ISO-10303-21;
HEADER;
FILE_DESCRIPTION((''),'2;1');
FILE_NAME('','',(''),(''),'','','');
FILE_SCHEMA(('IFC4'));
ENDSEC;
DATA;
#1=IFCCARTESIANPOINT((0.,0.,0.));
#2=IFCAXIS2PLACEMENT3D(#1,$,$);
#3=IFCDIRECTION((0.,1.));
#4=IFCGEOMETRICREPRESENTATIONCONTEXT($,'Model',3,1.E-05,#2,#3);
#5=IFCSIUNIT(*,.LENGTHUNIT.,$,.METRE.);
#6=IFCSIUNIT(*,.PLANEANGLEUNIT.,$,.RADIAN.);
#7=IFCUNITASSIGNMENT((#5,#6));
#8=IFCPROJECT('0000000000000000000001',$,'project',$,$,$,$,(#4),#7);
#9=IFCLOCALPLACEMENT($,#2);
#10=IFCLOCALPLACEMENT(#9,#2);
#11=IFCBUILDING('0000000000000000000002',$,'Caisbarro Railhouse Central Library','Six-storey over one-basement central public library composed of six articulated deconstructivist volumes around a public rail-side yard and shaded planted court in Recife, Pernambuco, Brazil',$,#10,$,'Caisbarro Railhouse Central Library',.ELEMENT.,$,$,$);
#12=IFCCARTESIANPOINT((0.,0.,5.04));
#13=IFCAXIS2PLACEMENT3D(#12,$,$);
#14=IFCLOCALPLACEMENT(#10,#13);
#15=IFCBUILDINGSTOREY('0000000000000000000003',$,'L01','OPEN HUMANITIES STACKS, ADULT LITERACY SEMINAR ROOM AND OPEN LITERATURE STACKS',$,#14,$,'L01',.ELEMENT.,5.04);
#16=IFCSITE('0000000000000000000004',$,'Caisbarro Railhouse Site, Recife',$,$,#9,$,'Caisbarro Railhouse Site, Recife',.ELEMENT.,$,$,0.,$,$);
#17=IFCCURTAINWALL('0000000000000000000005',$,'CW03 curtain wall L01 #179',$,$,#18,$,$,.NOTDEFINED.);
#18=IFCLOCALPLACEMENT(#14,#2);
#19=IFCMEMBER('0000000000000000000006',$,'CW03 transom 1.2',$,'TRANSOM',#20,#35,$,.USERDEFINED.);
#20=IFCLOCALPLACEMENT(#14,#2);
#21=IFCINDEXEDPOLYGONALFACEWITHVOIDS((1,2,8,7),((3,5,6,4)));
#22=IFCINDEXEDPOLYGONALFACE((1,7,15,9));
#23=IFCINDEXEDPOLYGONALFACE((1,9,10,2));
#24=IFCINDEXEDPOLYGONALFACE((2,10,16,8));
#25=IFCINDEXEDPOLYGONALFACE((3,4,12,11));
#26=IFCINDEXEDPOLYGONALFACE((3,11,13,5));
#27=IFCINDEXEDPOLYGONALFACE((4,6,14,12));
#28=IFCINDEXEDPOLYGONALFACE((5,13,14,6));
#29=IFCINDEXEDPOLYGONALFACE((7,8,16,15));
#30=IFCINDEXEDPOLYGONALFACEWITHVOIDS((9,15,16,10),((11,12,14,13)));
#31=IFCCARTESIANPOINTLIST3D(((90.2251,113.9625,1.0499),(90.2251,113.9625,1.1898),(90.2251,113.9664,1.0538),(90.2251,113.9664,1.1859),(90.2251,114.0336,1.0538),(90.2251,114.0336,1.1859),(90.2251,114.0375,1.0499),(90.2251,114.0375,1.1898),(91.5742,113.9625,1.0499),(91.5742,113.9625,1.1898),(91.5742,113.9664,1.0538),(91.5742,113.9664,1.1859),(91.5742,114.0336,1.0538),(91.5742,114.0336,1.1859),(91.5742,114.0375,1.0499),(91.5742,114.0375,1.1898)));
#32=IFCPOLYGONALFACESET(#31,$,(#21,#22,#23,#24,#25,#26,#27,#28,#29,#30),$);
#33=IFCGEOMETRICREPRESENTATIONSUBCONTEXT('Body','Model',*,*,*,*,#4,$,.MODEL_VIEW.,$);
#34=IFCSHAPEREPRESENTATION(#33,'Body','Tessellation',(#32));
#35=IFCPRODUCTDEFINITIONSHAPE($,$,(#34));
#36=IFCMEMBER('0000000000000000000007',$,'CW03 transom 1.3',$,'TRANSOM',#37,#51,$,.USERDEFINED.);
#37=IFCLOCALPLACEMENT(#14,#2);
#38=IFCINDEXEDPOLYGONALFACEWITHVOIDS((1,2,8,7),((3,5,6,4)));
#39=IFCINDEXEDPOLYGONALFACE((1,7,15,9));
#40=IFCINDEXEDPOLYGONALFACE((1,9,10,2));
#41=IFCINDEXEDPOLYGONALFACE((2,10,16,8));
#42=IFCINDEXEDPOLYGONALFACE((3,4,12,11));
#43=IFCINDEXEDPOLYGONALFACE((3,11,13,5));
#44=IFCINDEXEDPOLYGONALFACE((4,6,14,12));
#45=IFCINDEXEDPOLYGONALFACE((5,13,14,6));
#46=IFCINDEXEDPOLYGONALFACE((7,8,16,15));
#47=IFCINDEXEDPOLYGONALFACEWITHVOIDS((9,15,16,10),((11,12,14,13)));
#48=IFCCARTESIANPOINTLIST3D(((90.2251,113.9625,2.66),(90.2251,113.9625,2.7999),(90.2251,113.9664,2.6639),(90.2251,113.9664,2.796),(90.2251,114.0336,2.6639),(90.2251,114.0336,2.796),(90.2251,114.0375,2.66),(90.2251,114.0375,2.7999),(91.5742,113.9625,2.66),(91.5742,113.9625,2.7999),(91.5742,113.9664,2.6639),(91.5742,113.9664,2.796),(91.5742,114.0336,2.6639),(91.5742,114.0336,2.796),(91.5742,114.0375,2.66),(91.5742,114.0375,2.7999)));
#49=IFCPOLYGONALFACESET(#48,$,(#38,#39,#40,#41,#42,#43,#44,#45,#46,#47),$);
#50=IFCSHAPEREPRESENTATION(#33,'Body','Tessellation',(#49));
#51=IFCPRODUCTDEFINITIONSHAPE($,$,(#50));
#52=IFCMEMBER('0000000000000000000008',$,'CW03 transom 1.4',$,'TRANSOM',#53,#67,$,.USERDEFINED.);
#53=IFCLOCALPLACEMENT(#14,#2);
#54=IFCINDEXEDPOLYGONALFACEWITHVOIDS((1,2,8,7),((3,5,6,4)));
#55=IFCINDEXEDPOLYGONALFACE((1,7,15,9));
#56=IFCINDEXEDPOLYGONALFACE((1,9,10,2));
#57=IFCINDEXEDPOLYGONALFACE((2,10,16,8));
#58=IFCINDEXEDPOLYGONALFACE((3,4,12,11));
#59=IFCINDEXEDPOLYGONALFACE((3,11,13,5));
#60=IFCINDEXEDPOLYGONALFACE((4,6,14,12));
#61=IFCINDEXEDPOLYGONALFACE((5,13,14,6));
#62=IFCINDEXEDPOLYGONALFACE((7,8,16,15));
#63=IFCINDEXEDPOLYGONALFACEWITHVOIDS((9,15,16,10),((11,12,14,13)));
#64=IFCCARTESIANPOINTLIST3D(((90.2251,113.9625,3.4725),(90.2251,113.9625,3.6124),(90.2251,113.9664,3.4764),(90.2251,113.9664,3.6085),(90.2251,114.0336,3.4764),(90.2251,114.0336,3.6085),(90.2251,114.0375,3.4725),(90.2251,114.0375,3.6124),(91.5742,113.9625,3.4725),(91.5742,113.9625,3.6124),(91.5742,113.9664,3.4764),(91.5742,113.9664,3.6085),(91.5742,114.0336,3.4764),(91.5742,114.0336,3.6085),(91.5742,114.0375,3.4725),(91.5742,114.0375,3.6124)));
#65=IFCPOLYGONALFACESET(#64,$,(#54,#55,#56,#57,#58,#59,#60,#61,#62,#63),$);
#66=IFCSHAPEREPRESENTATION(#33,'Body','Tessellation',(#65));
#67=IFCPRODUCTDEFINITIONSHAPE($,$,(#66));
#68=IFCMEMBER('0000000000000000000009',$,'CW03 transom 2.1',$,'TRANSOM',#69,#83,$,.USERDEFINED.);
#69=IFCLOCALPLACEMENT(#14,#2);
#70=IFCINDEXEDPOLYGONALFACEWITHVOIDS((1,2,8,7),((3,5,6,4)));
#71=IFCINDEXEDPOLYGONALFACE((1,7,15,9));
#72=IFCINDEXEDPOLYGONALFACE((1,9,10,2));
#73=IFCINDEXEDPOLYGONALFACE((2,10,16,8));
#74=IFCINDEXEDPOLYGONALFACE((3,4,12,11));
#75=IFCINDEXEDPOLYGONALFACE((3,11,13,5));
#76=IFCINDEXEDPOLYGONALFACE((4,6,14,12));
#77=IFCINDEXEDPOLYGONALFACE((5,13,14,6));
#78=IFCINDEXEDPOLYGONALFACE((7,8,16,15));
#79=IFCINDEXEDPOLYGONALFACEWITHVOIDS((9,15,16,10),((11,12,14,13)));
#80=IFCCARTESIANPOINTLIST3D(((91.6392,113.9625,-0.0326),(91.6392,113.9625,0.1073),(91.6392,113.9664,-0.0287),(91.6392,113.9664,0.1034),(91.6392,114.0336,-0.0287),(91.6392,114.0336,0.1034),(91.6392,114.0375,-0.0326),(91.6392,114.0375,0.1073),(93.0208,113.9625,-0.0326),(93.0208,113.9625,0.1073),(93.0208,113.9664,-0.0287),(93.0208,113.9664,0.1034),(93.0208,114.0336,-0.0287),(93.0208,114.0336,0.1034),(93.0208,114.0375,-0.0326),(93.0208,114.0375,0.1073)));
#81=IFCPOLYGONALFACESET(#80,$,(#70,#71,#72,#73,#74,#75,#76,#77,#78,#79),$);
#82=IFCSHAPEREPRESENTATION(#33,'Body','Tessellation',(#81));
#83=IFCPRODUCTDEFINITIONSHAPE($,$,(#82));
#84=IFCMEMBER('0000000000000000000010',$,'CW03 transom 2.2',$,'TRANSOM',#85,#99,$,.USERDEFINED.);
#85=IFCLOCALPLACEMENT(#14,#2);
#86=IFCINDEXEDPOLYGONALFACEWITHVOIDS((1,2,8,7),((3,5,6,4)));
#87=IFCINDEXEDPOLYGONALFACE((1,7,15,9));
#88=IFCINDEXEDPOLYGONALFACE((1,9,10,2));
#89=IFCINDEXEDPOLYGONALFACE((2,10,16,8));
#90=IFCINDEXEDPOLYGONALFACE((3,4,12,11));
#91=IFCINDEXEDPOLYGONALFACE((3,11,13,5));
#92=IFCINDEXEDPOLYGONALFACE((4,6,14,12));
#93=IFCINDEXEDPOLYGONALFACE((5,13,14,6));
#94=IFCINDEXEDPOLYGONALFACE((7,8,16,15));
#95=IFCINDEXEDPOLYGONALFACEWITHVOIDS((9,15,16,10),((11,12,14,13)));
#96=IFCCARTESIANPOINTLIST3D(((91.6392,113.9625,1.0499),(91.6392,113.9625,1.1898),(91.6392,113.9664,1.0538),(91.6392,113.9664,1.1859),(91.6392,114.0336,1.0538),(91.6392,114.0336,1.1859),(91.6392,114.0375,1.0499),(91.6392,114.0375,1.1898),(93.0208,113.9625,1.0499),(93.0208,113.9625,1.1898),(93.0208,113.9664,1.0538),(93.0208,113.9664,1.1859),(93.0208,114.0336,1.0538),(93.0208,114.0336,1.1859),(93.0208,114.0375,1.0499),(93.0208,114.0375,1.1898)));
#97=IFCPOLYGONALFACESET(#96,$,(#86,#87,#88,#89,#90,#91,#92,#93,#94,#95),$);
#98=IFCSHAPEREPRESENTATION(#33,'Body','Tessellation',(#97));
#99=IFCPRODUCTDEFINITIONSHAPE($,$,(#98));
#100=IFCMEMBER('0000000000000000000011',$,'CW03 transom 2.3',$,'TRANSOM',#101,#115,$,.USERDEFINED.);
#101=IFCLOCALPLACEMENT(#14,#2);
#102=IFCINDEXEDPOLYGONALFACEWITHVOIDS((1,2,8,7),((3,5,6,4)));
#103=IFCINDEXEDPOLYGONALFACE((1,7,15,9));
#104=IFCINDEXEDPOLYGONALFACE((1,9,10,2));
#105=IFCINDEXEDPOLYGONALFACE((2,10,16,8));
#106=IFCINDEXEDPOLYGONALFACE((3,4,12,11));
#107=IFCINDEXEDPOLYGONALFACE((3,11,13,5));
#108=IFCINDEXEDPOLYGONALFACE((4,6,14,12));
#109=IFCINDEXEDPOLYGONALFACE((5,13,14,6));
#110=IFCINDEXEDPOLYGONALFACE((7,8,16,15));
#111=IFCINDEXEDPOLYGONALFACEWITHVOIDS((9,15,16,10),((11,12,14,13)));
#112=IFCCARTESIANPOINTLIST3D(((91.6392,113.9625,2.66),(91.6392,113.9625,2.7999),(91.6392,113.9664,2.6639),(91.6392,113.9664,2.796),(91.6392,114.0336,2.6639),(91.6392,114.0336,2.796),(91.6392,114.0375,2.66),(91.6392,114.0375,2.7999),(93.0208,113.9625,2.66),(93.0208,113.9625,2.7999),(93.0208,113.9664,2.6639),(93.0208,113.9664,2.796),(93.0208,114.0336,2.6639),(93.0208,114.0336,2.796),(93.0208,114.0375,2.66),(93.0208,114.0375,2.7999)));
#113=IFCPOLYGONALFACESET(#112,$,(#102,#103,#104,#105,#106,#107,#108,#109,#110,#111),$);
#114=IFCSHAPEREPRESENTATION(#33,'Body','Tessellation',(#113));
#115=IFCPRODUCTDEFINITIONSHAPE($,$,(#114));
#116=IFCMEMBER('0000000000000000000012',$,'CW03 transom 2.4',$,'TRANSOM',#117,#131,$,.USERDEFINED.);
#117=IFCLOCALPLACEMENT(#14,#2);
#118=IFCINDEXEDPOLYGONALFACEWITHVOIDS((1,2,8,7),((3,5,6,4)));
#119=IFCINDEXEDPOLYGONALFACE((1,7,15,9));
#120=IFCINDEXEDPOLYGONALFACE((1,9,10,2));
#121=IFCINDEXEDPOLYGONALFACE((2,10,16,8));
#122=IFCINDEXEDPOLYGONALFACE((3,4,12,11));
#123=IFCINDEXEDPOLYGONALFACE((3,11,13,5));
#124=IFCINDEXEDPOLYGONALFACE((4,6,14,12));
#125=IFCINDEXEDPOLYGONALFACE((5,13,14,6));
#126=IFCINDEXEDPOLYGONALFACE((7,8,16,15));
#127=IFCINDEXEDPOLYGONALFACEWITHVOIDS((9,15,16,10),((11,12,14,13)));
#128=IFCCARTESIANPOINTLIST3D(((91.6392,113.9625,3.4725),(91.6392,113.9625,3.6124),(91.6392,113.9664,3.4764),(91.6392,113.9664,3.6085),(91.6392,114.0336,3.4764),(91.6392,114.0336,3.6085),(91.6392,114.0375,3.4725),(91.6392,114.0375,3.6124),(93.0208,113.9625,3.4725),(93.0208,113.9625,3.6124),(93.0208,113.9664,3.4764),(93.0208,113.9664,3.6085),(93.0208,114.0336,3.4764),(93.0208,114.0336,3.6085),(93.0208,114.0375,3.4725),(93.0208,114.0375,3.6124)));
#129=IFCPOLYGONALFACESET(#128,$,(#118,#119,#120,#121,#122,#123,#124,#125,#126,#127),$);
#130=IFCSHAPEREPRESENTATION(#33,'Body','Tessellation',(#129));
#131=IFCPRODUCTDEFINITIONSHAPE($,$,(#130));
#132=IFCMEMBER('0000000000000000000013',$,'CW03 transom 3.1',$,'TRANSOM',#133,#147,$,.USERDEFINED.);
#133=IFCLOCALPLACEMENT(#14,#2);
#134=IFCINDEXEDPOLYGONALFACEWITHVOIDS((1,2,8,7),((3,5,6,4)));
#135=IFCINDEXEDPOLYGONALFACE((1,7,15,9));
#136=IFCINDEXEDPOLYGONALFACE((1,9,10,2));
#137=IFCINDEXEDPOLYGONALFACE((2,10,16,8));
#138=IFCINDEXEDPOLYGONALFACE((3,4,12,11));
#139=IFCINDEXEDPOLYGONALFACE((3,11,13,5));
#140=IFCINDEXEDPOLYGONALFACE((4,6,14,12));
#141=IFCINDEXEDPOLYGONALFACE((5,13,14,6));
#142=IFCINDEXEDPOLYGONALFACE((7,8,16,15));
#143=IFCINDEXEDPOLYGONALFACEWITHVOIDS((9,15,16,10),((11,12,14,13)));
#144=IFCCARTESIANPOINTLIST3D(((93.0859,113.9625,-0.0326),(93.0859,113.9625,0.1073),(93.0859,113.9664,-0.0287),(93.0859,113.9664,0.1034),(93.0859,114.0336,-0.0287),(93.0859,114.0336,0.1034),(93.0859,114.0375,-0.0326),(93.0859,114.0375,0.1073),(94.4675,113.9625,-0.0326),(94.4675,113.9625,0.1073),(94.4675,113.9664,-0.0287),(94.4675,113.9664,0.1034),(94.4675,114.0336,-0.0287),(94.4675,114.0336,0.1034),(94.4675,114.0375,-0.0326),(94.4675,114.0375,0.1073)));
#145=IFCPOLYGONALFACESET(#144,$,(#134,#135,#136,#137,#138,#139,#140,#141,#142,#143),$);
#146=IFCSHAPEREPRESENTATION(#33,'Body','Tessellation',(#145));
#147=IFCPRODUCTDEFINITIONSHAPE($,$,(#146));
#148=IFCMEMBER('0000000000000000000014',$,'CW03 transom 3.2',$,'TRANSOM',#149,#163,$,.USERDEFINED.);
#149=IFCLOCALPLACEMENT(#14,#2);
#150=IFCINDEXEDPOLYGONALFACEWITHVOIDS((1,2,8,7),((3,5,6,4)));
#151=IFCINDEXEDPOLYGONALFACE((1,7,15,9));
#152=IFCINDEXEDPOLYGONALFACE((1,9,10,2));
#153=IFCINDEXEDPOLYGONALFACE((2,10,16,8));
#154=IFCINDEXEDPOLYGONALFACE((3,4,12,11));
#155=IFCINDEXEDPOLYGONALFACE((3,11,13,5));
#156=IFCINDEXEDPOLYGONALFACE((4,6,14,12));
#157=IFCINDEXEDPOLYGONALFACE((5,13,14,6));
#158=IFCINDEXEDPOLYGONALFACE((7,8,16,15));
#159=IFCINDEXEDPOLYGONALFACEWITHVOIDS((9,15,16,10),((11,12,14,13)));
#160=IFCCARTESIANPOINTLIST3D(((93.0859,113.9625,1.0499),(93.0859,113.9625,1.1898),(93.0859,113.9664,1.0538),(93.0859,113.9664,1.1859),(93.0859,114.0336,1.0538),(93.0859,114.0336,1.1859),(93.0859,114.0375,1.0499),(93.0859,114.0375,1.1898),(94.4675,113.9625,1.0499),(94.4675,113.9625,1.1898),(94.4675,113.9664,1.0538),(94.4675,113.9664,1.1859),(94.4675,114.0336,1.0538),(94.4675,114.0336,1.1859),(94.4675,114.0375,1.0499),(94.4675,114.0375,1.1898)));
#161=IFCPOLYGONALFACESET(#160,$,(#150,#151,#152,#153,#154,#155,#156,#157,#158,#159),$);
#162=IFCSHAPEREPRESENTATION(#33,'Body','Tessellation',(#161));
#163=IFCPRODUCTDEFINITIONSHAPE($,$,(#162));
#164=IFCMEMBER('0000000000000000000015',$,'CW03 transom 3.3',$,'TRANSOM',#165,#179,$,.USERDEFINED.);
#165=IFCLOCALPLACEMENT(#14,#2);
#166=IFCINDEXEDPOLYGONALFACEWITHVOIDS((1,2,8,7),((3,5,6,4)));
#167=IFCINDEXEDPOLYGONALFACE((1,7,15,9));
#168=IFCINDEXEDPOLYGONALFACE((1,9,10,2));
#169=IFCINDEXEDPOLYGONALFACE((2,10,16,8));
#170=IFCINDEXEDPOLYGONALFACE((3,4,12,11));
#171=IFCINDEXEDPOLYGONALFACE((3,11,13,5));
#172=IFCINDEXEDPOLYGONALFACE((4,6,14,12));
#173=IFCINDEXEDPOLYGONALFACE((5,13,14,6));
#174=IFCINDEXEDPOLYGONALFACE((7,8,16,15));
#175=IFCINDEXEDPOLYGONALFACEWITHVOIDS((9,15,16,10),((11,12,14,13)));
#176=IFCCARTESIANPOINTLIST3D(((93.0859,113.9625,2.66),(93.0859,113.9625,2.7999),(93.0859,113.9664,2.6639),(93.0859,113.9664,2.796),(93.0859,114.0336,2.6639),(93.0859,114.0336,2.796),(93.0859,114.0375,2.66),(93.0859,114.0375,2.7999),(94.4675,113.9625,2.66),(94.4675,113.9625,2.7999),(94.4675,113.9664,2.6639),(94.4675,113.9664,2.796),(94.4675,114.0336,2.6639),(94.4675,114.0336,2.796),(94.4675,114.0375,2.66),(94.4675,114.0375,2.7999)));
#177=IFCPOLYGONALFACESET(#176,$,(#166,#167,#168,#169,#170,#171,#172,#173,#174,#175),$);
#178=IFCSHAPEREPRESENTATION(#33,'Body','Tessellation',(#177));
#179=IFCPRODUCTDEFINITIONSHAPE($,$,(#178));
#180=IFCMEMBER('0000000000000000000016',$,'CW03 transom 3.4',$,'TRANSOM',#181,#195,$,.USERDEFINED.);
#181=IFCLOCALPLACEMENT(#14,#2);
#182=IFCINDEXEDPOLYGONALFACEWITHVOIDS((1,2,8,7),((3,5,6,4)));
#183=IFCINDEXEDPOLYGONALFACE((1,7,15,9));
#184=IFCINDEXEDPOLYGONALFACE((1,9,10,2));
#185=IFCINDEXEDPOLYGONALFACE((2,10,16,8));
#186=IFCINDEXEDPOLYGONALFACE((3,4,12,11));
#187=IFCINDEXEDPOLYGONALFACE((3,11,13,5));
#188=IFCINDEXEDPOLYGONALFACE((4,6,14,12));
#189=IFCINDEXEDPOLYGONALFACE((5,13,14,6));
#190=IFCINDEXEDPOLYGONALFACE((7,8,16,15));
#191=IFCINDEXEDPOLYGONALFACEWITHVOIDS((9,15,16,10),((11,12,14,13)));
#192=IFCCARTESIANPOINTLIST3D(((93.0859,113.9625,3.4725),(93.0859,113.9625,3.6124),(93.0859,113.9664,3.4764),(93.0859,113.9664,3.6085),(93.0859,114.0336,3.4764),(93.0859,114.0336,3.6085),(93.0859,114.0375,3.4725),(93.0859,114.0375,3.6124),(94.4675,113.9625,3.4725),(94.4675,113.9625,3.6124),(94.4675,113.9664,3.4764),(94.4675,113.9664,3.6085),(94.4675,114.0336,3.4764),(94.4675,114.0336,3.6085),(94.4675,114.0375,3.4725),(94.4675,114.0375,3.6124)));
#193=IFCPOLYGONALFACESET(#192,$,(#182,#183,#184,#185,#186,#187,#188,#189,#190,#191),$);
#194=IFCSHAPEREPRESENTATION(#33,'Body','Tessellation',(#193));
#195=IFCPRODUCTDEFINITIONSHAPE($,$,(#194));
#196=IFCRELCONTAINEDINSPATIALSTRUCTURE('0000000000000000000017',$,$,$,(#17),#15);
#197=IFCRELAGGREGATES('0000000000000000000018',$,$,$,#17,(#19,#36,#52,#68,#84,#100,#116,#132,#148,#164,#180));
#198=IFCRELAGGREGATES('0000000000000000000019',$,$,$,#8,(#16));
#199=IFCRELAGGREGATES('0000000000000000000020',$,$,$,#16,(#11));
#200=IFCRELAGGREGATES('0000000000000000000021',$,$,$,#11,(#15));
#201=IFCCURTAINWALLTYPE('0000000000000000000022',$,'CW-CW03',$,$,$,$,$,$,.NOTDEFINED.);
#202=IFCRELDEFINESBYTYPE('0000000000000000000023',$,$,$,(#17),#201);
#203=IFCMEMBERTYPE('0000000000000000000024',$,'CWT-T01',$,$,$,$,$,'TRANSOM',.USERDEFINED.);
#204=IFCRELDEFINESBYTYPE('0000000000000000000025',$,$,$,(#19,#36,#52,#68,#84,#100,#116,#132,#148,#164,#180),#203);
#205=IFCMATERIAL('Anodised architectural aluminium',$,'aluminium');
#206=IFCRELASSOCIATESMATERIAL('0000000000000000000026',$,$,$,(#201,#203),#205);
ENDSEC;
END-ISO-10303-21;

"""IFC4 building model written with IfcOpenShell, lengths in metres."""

from ifc_helpers import new_model, si_unit, direction, frame, origin, origin_2d, place, context, subcontext, project, spatial, hollow_rectangle, extrude, material, material_profile, profile_set, type_object, element, aggregate, save


model = new_model("IFC4")

# Units and contexts
model_context = context("Model", 3, precision=1e-05, world=origin(), true_north=direction((0.0, 1.0)))
body_context = subcontext(model_context, "Body", "Model", "MODEL_VIEW")
ifc_project = project(units=[si_unit("LENGTHUNIT", "METRE"), si_unit("PLANEANGLEUNIT", "RADIAN")], contexts=[model_context])

# Site, building, storey
site_placement = place(None, origin())
site = spatial("IfcSite", under=ifc_project, at=site_placement, Name="Caisbarro Railhouse Site, Recife", LongName="Caisbarro Railhouse Site, Recife", CompositionType="ELEMENT", RefElevation=0.0)
building_placement = place(site_placement, origin())
building = spatial("IfcBuilding", under=site, at=building_placement, Name="Caisbarro Railhouse Central Library", Description="Six-storey over one-basement central public library composed of six articulated deconstructivist volumes around a public rail-side yard and shaded planted court in Recife, Pernambuco, Brazil", LongName="Caisbarro Railhouse Central Library", CompositionType="ELEMENT")
storey_placement = place(building_placement, frame((0.0, 0.0, 5.04)))
storey = spatial("IfcBuildingStorey", under=building, at=storey_placement, Name="L01", Description="OPEN HUMANITIES STACKS, ADULT LITERACY SEMINAR ROOM AND OPEN LITERATURE STACKS", LongName="L01", CompositionType="ELEMENT", Elevation=5.04)

# Curtain wall, members
ifc_material_1 = material(Name="Anodised architectural aluminium", Category="aluminium")
curtain_wall_type = type_object("IfcCurtainWallType", Name="CW-CW03", PredefinedType="NOTDEFINED", material=ifc_material_1)
curtain_wall_placement = place(storey_placement, origin())
curtain_wall = element("IfcCurtainWall", 1, at=curtain_wall_placement, inside=storey, type_object=curtain_wall_type, Name="CW03 curtain wall L01 #179", PredefinedType="NOTDEFINED")
ifc_material_profile_1 = material_profile(ifc_material_1, hollow_rectangle(XDim=0.075, YDim=0.1399, WallThickness=0.0039, at=origin_2d()), Name="ALU-TRN-75X140")
ifc_profile_set_1 = profile_set([ifc_material_profile_1], Name="Anodised architectural aluminium")
member_type_1 = type_object("IfcMemberType", Name="CWT-T01", ElementType="TRANSOM", PredefinedType="USERDEFINED", material=ifc_profile_set_1)
member_1_placement = place(storey_placement, frame((90.2251, 114.0, 1.1199), z_axis=(1.0, 0.0, 0.0), x_axis=(0.0, 1.0, 0.0)))
member_1 = element("IfcMember", 2, at=member_1_placement, type_object=member_type_1, Name="CW03 transom 1.2", ObjectType="TRANSOM", PredefinedType="USERDEFINED", context=body_context, shape_type="SweptSolid", body=[
    extrude(hollow_rectangle(XDim=0.075, YDim=0.1399, WallThickness=0.0039, at=origin_2d()), origin(), (0.0, 0.0, 1.0), 1.3491),
])
member_2_placement = place(storey_placement, frame((90.2251, 114.0, 2.73), z_axis=(1.0, 0.0, 0.0), x_axis=(0.0, 1.0, 0.0)))
member_2 = element("IfcMember", 3, at=member_2_placement, type_object=member_type_1, Name="CW03 transom 1.3", ObjectType="TRANSOM", PredefinedType="USERDEFINED", context=body_context, shape_type="SweptSolid", body=[
    extrude(hollow_rectangle(XDim=0.075, YDim=0.1399, WallThickness=0.0039, at=origin_2d()), origin(), (0.0, 0.0, 1.0), 1.3491),
])
member_3_placement = place(storey_placement, frame((90.2251, 114.0, 3.5425), z_axis=(1.0, 0.0, 0.0), x_axis=(0.0, 1.0, 0.0)))
member_3 = element("IfcMember", 4, at=member_3_placement, type_object=member_type_1, Name="CW03 transom 1.4", ObjectType="TRANSOM", PredefinedType="USERDEFINED", context=body_context, shape_type="SweptSolid", body=[
    extrude(hollow_rectangle(XDim=0.075, YDim=0.1399, WallThickness=0.0039, at=origin_2d()), origin(), (0.0, 0.0, 1.0), 1.3491),
])
member_4_placement = place(storey_placement, frame((91.6392, 114.0, 0.0374), z_axis=(1.0, 0.0, 0.0), x_axis=(0.0, 1.0, 0.0)))
member_4 = element("IfcMember", 5, at=member_4_placement, type_object=member_type_1, Name="CW03 transom 2.1", ObjectType="TRANSOM", PredefinedType="USERDEFINED", context=body_context, shape_type="SweptSolid", body=[
    extrude(hollow_rectangle(XDim=0.075, YDim=0.1399, WallThickness=0.0039, at=origin_2d()), origin(), (0.0, 0.0, 1.0), 1.3816),
])
member_5_placement = place(storey_placement, frame((91.6392, 114.0, 1.1199), z_axis=(1.0, 0.0, 0.0), x_axis=(0.0, 1.0, 0.0)))
member_5 = element("IfcMember", 6, at=member_5_placement, type_object=member_type_1, Name="CW03 transom 2.2", ObjectType="TRANSOM", PredefinedType="USERDEFINED", context=body_context, shape_type="SweptSolid", body=[
    extrude(hollow_rectangle(XDim=0.075, YDim=0.1399, WallThickness=0.0039, at=origin_2d()), origin(), (0.0, 0.0, 1.0), 1.3816),
])
member_6_placement = place(storey_placement, frame((91.6392, 114.0, 2.73), z_axis=(1.0, 0.0, 0.0), x_axis=(0.0, 1.0, 0.0)))
member_6 = element("IfcMember", 7, at=member_6_placement, type_object=member_type_1, Name="CW03 transom 2.3", ObjectType="TRANSOM", PredefinedType="USERDEFINED", context=body_context, shape_type="SweptSolid", body=[
    extrude(hollow_rectangle(XDim=0.075, YDim=0.1399, WallThickness=0.0039, at=origin_2d()), origin(), (0.0, 0.0, 1.0), 1.3816),
])
member_7_placement = place(storey_placement, frame((91.6392, 114.0, 3.5425), z_axis=(1.0, 0.0, 0.0), x_axis=(0.0, 1.0, 0.0)))
member_7 = element("IfcMember", 8, at=member_7_placement, type_object=member_type_1, Name="CW03 transom 2.4", ObjectType="TRANSOM", PredefinedType="USERDEFINED", context=body_context, shape_type="SweptSolid", body=[
    extrude(hollow_rectangle(XDim=0.075, YDim=0.1399, WallThickness=0.0039, at=origin_2d()), origin(), (0.0, 0.0, 1.0), 1.3816),
])
member_8_placement = place(storey_placement, frame((93.0859, 114.0, 0.0374), z_axis=(1.0, 0.0, 0.0), x_axis=(0.0, 1.0, 0.0)))
member_8 = element("IfcMember", 9, at=member_8_placement, type_object=member_type_1, Name="CW03 transom 3.1", ObjectType="TRANSOM", PredefinedType="USERDEFINED", context=body_context, shape_type="SweptSolid", body=[
    extrude(hollow_rectangle(XDim=0.075, YDim=0.1399, WallThickness=0.0039, at=origin_2d()), origin(), (0.0, 0.0, 1.0), 1.3816),
])
member_9_placement = place(storey_placement, frame((93.0859, 114.0, 1.1199), z_axis=(1.0, 0.0, 0.0), x_axis=(0.0, 1.0, 0.0)))
member_9 = element("IfcMember", 10, at=member_9_placement, type_object=member_type_1, Name="CW03 transom 3.2", ObjectType="TRANSOM", PredefinedType="USERDEFINED", context=body_context, shape_type="SweptSolid", body=[
    extrude(hollow_rectangle(XDim=0.075, YDim=0.1399, WallThickness=0.0039, at=origin_2d()), origin(), (0.0, 0.0, 1.0), 1.3816),
])
member_10_placement = place(storey_placement, frame((93.0859, 114.0, 2.73), z_axis=(1.0, 0.0, 0.0), x_axis=(0.0, 1.0, 0.0)))
member_10 = element("IfcMember", 11, at=member_10_placement, type_object=member_type_1, Name="CW03 transom 3.3", ObjectType="TRANSOM", PredefinedType="USERDEFINED", context=body_context, shape_type="SweptSolid", body=[
    extrude(hollow_rectangle(XDim=0.075, YDim=0.1399, WallThickness=0.0039, at=origin_2d()), origin(), (0.0, 0.0, 1.0), 1.3816),
])
member_11_placement = place(storey_placement, frame((93.0859, 114.0, 3.5425), z_axis=(1.0, 0.0, 0.0), x_axis=(0.0, 1.0, 0.0)))
member_11 = element("IfcMember", 12, at=member_11_placement, type_object=member_type_1, Name="CW03 transom 3.4", ObjectType="TRANSOM", PredefinedType="USERDEFINED", context=body_context, shape_type="SweptSolid", body=[
    extrude(hollow_rectangle(XDim=0.075, YDim=0.1399, WallThickness=0.0039, at=origin_2d()), origin(), (0.0, 0.0, 1.0), 1.3816),
])
aggregate(curtain_wall, [member_1, member_2, member_3, member_4, member_5, member_6, member_7, member_8, member_9, member_10, member_11])

save(model, "model.ifc")
